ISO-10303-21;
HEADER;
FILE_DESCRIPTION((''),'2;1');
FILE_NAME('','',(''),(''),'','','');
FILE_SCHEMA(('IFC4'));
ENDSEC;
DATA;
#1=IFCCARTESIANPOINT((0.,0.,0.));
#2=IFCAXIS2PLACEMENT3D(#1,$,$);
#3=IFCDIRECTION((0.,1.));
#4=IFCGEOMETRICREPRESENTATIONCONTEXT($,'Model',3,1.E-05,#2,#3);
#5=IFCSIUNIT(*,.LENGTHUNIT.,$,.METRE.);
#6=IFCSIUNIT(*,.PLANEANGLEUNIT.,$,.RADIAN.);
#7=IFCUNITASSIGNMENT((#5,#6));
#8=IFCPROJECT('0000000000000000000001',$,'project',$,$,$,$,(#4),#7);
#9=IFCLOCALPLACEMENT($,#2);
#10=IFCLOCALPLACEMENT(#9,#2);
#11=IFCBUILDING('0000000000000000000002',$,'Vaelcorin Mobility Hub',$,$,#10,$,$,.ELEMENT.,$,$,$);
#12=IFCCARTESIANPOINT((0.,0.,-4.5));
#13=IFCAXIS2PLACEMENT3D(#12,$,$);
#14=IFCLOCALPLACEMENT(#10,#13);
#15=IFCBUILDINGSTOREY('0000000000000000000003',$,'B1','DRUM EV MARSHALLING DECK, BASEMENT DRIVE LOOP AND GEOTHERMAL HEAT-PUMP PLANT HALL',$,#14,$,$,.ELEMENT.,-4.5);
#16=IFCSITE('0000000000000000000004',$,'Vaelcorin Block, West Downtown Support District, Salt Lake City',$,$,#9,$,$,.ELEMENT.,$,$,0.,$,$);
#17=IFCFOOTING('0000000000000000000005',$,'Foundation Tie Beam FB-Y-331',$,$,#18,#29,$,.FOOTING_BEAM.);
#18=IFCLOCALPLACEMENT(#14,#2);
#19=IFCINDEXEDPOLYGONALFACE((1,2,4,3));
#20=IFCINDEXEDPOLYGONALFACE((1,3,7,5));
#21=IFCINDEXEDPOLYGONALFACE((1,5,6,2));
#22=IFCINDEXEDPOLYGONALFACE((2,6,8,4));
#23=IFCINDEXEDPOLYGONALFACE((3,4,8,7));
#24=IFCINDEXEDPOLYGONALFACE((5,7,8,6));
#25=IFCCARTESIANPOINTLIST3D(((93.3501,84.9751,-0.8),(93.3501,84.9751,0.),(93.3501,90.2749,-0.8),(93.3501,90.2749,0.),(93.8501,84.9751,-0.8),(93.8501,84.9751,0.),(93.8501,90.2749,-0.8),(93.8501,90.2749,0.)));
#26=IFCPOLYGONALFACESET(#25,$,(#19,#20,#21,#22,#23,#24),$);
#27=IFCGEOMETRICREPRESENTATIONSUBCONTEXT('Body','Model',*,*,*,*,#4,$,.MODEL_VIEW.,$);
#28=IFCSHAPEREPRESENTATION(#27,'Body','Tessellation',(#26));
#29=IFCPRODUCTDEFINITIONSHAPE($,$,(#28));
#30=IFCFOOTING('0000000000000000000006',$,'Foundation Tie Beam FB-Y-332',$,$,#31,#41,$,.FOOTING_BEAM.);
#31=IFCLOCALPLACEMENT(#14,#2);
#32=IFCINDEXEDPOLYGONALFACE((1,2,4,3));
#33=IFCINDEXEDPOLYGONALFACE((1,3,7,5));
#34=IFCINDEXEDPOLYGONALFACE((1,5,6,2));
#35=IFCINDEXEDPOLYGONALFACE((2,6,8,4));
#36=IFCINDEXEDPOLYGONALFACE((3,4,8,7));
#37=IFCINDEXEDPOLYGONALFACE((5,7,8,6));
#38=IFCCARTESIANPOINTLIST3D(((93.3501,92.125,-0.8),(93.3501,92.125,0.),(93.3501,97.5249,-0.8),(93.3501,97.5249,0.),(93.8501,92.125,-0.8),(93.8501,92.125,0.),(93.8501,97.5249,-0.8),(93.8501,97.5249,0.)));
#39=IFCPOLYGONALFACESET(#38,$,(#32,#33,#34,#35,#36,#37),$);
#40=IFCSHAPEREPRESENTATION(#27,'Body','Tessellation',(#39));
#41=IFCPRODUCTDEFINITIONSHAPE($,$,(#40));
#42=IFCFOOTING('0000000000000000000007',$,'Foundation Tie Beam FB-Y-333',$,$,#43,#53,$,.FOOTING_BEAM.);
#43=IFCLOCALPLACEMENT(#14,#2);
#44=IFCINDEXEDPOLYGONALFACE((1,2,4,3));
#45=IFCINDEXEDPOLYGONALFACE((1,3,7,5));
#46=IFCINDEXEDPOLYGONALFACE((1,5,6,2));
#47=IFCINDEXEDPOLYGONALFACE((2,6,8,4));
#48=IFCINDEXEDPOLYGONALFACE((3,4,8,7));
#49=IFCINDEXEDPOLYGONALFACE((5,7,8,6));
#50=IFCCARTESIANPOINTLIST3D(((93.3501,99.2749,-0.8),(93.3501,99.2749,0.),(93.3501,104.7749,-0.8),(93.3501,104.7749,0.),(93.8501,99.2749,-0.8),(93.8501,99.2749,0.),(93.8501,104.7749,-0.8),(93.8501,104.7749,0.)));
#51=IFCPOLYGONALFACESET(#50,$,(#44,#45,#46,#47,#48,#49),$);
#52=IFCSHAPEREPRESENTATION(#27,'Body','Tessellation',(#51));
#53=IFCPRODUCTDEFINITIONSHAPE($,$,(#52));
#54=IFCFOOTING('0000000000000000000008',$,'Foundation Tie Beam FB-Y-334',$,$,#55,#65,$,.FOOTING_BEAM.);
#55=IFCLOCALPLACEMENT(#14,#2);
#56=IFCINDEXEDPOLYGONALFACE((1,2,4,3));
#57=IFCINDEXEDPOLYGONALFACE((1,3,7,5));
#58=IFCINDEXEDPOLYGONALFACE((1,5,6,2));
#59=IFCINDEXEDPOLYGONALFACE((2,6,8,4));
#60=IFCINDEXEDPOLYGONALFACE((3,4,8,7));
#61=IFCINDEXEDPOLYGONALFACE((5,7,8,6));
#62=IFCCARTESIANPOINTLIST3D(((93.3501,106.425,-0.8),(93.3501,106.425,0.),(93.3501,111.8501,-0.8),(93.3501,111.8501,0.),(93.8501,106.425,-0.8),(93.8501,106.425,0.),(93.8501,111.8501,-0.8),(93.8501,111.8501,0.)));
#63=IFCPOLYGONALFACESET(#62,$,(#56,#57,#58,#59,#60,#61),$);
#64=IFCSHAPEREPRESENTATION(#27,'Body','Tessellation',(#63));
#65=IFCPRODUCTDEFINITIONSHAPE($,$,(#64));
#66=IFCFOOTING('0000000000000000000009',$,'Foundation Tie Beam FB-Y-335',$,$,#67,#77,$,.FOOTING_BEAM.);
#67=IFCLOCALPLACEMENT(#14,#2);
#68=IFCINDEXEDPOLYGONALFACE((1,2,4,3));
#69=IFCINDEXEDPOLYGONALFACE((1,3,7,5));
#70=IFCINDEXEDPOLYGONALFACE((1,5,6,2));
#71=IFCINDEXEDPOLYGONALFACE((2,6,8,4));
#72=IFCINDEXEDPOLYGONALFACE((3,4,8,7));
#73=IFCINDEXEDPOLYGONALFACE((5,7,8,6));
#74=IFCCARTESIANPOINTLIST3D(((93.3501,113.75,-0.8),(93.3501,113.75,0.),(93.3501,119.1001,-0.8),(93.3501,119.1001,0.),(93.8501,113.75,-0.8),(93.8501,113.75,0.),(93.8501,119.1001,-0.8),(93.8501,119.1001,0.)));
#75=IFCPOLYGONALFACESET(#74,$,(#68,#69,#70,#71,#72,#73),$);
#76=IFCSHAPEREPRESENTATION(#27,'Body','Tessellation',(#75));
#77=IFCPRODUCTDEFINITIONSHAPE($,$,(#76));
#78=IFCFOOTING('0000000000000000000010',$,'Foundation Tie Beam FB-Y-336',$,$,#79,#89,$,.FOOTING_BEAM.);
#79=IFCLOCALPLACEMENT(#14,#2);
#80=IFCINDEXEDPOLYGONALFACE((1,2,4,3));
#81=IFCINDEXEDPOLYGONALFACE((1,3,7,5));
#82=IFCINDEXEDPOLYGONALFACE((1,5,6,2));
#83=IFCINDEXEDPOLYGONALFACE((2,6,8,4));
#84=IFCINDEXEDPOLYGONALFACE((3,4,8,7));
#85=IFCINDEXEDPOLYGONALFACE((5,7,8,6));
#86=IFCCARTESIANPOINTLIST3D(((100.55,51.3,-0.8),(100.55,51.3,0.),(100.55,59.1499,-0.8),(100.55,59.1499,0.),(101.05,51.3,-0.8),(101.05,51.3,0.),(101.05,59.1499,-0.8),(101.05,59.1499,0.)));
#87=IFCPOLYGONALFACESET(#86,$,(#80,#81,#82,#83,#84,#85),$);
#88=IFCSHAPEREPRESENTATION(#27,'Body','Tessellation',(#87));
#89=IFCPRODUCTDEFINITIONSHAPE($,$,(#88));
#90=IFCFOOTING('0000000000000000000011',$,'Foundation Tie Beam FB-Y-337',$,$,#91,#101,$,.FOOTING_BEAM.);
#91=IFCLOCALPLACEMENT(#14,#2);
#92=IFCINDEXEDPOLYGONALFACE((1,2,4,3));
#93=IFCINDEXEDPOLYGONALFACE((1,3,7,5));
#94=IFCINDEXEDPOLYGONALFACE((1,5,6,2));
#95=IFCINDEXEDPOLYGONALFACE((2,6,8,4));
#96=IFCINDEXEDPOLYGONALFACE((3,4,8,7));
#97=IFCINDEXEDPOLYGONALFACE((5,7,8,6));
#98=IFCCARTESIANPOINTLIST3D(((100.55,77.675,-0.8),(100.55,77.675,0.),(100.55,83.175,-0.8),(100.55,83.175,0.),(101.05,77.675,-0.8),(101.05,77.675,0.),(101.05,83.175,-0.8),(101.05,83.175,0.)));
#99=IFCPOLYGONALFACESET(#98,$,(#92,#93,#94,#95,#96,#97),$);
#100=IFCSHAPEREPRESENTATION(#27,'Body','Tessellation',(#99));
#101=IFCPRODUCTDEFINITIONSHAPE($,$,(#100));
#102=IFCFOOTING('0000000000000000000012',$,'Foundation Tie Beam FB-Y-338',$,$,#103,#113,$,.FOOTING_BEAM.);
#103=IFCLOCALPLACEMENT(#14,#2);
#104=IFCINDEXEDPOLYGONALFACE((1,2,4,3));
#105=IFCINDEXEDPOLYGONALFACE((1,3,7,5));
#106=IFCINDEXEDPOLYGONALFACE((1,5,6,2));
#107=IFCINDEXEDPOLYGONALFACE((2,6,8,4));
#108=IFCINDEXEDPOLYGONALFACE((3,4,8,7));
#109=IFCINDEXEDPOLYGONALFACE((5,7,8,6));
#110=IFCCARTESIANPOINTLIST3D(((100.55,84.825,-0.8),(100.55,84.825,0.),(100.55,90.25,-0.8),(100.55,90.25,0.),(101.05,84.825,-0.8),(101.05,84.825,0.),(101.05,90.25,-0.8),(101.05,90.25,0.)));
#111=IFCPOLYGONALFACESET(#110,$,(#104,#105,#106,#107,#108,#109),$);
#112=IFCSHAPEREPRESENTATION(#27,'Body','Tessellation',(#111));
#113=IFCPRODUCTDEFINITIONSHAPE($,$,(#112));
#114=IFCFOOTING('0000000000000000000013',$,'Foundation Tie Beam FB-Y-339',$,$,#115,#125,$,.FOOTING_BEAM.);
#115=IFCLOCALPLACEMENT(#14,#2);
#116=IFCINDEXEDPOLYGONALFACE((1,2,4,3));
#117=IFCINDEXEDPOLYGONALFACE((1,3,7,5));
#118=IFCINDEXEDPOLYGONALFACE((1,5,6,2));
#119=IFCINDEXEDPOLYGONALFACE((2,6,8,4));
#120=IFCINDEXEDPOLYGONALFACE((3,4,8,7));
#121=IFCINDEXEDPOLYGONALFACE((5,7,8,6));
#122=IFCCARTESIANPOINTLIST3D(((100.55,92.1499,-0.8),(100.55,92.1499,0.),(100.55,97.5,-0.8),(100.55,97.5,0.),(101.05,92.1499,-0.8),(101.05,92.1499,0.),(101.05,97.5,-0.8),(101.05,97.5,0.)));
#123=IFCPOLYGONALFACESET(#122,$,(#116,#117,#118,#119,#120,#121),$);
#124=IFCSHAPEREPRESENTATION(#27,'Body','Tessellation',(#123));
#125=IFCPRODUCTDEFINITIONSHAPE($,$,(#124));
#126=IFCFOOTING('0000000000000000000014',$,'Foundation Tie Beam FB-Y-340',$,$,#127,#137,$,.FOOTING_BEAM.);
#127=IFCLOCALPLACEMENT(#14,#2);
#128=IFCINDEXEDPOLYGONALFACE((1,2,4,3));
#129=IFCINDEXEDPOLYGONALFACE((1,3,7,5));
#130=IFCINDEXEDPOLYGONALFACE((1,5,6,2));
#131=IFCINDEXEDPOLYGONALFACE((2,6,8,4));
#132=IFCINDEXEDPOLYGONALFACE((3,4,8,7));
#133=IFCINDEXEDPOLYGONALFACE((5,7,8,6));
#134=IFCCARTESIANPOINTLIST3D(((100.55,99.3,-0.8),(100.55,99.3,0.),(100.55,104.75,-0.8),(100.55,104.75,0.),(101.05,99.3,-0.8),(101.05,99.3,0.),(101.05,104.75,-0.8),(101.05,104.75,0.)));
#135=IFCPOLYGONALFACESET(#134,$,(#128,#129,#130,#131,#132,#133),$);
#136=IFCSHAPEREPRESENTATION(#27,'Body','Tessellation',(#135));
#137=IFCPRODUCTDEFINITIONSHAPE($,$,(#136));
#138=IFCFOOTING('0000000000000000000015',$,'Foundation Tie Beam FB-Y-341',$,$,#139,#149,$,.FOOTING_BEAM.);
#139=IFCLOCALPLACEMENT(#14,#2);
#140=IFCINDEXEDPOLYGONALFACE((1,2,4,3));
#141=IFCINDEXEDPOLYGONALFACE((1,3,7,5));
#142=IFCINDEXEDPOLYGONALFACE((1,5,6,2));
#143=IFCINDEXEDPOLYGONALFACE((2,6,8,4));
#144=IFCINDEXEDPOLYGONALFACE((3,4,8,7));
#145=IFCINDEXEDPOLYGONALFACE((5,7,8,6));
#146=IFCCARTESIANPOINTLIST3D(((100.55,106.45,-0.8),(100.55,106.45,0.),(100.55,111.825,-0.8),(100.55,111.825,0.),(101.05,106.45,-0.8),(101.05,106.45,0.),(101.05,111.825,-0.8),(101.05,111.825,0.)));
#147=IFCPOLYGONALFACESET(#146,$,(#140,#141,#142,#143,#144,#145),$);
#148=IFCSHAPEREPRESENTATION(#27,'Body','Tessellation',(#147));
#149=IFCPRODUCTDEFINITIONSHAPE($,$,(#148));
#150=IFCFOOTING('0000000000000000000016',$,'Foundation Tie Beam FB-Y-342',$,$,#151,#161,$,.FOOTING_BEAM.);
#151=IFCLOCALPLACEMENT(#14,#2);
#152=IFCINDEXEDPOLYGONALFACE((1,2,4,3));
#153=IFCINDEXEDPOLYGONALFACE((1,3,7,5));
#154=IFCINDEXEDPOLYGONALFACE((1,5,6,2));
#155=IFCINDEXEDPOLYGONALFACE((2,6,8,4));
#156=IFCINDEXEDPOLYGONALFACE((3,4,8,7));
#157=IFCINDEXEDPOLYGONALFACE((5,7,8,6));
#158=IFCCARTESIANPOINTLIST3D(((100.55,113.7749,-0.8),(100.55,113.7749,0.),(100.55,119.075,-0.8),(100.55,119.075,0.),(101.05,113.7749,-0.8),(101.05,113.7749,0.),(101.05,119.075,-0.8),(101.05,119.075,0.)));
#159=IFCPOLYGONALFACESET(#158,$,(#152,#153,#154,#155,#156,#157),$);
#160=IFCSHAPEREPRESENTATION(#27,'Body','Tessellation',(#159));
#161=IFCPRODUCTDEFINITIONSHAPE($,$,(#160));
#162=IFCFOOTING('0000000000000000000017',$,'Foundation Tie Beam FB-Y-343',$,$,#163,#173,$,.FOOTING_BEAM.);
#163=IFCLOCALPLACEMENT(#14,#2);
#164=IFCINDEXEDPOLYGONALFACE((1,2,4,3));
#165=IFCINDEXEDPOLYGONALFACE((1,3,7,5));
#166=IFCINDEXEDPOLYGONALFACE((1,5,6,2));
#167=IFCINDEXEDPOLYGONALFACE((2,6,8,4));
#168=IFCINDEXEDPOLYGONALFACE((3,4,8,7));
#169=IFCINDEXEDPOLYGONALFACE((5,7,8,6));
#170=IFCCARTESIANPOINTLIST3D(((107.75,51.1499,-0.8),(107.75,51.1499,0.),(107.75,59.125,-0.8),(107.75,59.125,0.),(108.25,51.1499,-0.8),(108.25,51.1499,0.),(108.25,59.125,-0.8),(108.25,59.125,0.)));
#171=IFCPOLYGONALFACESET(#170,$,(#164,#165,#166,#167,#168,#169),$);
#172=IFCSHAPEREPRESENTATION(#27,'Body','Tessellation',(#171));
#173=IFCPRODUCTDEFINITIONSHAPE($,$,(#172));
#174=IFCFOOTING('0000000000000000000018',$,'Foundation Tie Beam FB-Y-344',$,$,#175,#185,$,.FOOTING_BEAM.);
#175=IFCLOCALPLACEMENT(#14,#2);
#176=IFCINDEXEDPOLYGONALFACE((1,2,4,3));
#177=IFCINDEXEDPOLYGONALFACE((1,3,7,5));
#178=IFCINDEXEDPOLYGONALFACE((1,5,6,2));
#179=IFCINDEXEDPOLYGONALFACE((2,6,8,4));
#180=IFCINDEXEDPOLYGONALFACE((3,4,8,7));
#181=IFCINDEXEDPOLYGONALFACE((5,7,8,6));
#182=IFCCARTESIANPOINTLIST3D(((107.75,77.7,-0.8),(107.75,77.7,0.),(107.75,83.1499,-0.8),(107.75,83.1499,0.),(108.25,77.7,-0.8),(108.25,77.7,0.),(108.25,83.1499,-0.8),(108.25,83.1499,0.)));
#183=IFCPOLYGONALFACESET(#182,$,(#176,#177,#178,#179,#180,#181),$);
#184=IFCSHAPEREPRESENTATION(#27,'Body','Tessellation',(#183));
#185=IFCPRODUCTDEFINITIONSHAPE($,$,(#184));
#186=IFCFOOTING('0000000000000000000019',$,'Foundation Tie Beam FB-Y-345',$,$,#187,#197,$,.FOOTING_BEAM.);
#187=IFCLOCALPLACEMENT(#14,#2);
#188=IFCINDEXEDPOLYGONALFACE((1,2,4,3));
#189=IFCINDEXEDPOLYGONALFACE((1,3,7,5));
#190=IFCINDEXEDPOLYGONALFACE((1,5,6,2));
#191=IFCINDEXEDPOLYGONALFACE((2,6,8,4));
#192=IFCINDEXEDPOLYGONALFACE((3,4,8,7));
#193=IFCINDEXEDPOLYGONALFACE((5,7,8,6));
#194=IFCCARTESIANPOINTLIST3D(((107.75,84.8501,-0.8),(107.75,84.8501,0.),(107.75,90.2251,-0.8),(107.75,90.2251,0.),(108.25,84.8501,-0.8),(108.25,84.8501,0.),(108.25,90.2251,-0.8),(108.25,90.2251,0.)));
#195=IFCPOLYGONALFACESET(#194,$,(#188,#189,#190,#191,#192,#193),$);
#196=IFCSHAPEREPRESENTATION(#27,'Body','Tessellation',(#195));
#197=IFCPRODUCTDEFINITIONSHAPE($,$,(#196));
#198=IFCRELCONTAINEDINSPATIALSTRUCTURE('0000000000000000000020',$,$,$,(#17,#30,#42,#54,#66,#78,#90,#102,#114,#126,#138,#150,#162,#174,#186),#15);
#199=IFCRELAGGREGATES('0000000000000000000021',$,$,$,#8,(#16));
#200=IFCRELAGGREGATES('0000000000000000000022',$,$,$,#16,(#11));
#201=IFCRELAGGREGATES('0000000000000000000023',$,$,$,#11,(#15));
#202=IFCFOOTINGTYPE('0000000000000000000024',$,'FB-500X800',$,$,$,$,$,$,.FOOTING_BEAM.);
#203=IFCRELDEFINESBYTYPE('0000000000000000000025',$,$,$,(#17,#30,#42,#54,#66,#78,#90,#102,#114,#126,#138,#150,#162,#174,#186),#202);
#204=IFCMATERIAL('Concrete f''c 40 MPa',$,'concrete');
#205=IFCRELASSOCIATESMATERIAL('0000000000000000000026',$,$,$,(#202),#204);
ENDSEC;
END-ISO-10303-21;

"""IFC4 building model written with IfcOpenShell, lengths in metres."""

from ifc_helpers import new_model, si_unit, direction, frame, origin, place, context, subcontext, project, spatial, polyline, outline, extrude, material, type_object, element, save


model = new_model("IFC4")

# Units and contexts
model_context = context("Model", 3, precision=1e-05, world=origin(), true_north=direction((0.0, 1.0)))
body_context = subcontext(model_context, "Body", "Model", "MODEL_VIEW")
ifc_project = project(units=[si_unit("LENGTHUNIT", "METRE"), si_unit("PLANEANGLEUNIT", "RADIAN")], contexts=[model_context])

# Site, building, storey
site_placement = place(None, origin())
site = spatial("IfcSite", under=ifc_project, at=site_placement, Name="Vaelcorin Block, West Downtown Support District, Salt Lake City", CompositionType="ELEMENT", RefElevation=0.0)
building_placement = place(site_placement, origin())
building = spatial("IfcBuilding", under=site, at=building_placement, Name="Vaelcorin Mobility Hub", CompositionType="ELEMENT")
storey_placement = place(building_placement, frame((0.0, 0.0, -4.5)))
storey = spatial("IfcBuildingStorey", under=building, at=storey_placement, Name="B1", Description="DRUM EV MARSHALLING DECK, BASEMENT DRIVE LOOP AND GEOTHERMAL HEAT-PUMP PLANT HALL", CompositionType="ELEMENT", Elevation=-4.5)

# Footings
ifc_material = material(Name="Concrete f'c 40 MPa", Category="concrete")
footing_type = type_object("IfcFootingType", Name="FB-500X800", PredefinedType="FOOTING_BEAM", material=ifc_material)
footing_1_placement = place(storey_placement, frame((0.0, 0.0, -0.8)))
element("IfcFooting", 1, at=footing_1_placement, inside=storey, type_object=footing_type, Name="Foundation Tie Beam FB-Y-331", PredefinedType="FOOTING_BEAM", context=body_context, shape_type="SweptSolid", body=[
    extrude(outline(polyline([(93.3501, 84.9751), (93.8501, 84.9751), (93.8501, 90.2749), (93.3501, 90.2749), (93.3501, 84.9751)])), origin(), (0.0, 0.0, 1.0), 0.8),
])
footing_2_placement = place(storey_placement, frame((0.0, 0.0, -0.8)))
element("IfcFooting", 2, at=footing_2_placement, inside=storey, type_object=footing_type, Name="Foundation Tie Beam FB-Y-332", PredefinedType="FOOTING_BEAM", context=body_context, shape_type="SweptSolid", body=[
    extrude(outline(polyline([(93.3501, 92.125), (93.8501, 92.125), (93.8501, 97.5249), (93.3501, 97.5249), (93.3501, 92.125)])), origin(), (0.0, 0.0, 1.0), 0.8),
])
footing_3_placement = place(storey_placement, frame((0.0, 0.0, -0.8)))
element("IfcFooting", 3, at=footing_3_placement, inside=storey, type_object=footing_type, Name="Foundation Tie Beam FB-Y-333", PredefinedType="FOOTING_BEAM", context=body_context, shape_type="SweptSolid", body=[
    extrude(outline(polyline([(93.3501, 99.2749), (93.8501, 99.2749), (93.8501, 104.7749), (93.3501, 104.7749), (93.3501, 99.2749)])), origin(), (0.0, 0.0, 1.0), 0.8),
])
footing_4_placement = place(storey_placement, frame((0.0, 0.0, -0.8)))
element("IfcFooting", 4, at=footing_4_placement, inside=storey, type_object=footing_type, Name="Foundation Tie Beam FB-Y-334", PredefinedType="FOOTING_BEAM", context=body_context, shape_type="SweptSolid", body=[
    extrude(outline(polyline([(93.3501, 106.425), (93.8501, 106.425), (93.8501, 111.8501), (93.3501, 111.8501), (93.3501, 106.425)])), origin(), (0.0, 0.0, 1.0), 0.8),
])
footing_5_placement = place(storey_placement, frame((0.0, 0.0, -0.8)))
element("IfcFooting", 5, at=footing_5_placement, inside=storey, type_object=footing_type, Name="Foundation Tie Beam FB-Y-335", PredefinedType="FOOTING_BEAM", context=body_context, shape_type="SweptSolid", body=[
    extrude(outline(polyline([(93.3501, 113.75), (93.8501, 113.75), (93.8501, 119.1001), (93.3501, 119.1001), (93.3501, 113.75)])), origin(), (0.0, 0.0, 1.0), 0.8),
])
footing_6_placement = place(storey_placement, frame((0.0, 0.0, -0.8)))
element("IfcFooting", 6, at=footing_6_placement, inside=storey, type_object=footing_type, Name="Foundation Tie Beam FB-Y-336", PredefinedType="FOOTING_BEAM", context=body_context, shape_type="SweptSolid", body=[
    extrude(outline(polyline([(100.55, 51.3), (101.05, 51.3), (101.05, 59.1499), (100.55, 59.1499), (100.55, 51.3)])), origin(), (0.0, 0.0, 1.0), 0.8),
])
footing_7_placement = place(storey_placement, frame((0.0, 0.0, -0.8)))
element("IfcFooting", 7, at=footing_7_placement, inside=storey, type_object=footing_type, Name="Foundation Tie Beam FB-Y-337", PredefinedType="FOOTING_BEAM", context=body_context, shape_type="SweptSolid", body=[
    extrude(outline(polyline([(100.55, 77.675), (101.05, 77.675), (101.05, 83.175), (100.55, 83.175), (100.55, 77.675)])), origin(), (0.0, 0.0, 1.0), 0.8),
])
footing_8_placement = place(storey_placement, frame((0.0, 0.0, -0.8)))
element("IfcFooting", 8, at=footing_8_placement, inside=storey, type_object=footing_type, Name="Foundation Tie Beam FB-Y-338", PredefinedType="FOOTING_BEAM", context=body_context, shape_type="SweptSolid", body=[
    extrude(outline(polyline([(100.55, 84.825), (101.05, 84.825), (101.05, 90.25), (100.55, 90.25), (100.55, 84.825)])), origin(), (0.0, 0.0, 1.0), 0.8),
])
footing_9_placement = place(storey_placement, frame((0.0, 0.0, -0.8)))
element("IfcFooting", 9, at=footing_9_placement, inside=storey, type_object=footing_type, Name="Foundation Tie Beam FB-Y-339", PredefinedType="FOOTING_BEAM", context=body_context, shape_type="SweptSolid", body=[
    extrude(outline(polyline([(100.55, 92.1499), (101.05, 92.1499), (101.05, 97.5), (100.55, 97.5), (100.55, 92.1499)])), origin(), (0.0, 0.0, 1.0), 0.8),
])
footing_10_placement = place(storey_placement, frame((0.0, 0.0, -0.8)))
element("IfcFooting", 10, at=footing_10_placement, inside=storey, type_object=footing_type, Name="Foundation Tie Beam FB-Y-340", PredefinedType="FOOTING_BEAM", context=body_context, shape_type="SweptSolid", body=[
    extrude(outline(polyline([(100.55, 99.3), (101.05, 99.3), (101.05, 104.75), (100.55, 104.75), (100.55, 99.3)])), origin(), (0.0, 0.0, 1.0), 0.8),
])
footing_11_placement = place(storey_placement, frame((0.0, 0.0, -0.8)))
element("IfcFooting", 11, at=footing_11_placement, inside=storey, type_object=footing_type, Name="Foundation Tie Beam FB-Y-341", PredefinedType="FOOTING_BEAM", context=body_context, shape_type="SweptSolid", body=[
    extrude(outline(polyline([(100.55, 106.45), (101.05, 106.45), (101.05, 111.825), (100.55, 111.825), (100.55, 106.45)])), origin(), (0.0, 0.0, 1.0), 0.8),
])
footing_12_placement = place(storey_placement, frame((0.0, 0.0, -0.8)))
element("IfcFooting", 12, at=footing_12_placement, inside=storey, type_object=footing_type, Name="Foundation Tie Beam FB-Y-342", PredefinedType="FOOTING_BEAM", context=body_context, shape_type="SweptSolid", body=[
    extrude(outline(polyline([(100.55, 113.7749), (101.05, 113.7749), (101.05, 119.075), (100.55, 119.075), (100.55, 113.7749)])), origin(), (0.0, 0.0, 1.0), 0.8),
])
footing_13_placement = place(storey_placement, frame((0.0, 0.0, -0.8)))
element("IfcFooting", 13, at=footing_13_placement, inside=storey, type_object=footing_type, Name="Foundation Tie Beam FB-Y-343", PredefinedType="FOOTING_BEAM", context=body_context, shape_type="SweptSolid", body=[
    extrude(outline(polyline([(107.75, 51.1499), (108.25, 51.1499), (108.25, 59.125), (107.75, 59.125), (107.75, 51.1499)])), origin(), (0.0, 0.0, 1.0), 0.8),
])
footing_14_placement = place(storey_placement, frame((0.0, 0.0, -0.8)))
element("IfcFooting", 14, at=footing_14_placement, inside=storey, type_object=footing_type, Name="Foundation Tie Beam FB-Y-344", PredefinedType="FOOTING_BEAM", context=body_context, shape_type="SweptSolid", body=[
    extrude(outline(polyline([(107.75, 77.7), (108.25, 77.7), (108.25, 83.1499), (107.75, 83.1499), (107.75, 77.7)])), origin(), (0.0, 0.0, 1.0), 0.8),
])
footing_15_placement = place(storey_placement, frame((0.0, 0.0, -0.8)))
element("IfcFooting", 15, at=footing_15_placement, inside=storey, type_object=footing_type, Name="Foundation Tie Beam FB-Y-345", PredefinedType="FOOTING_BEAM", context=body_context, shape_type="SweptSolid", body=[
    extrude(outline(polyline([(107.75, 84.8501), (108.25, 84.8501), (108.25, 90.2251), (107.75, 90.2251), (107.75, 84.8501)])), origin(), (0.0, 0.0, 1.0), 0.8),
])

save(model, "model.ifc")
